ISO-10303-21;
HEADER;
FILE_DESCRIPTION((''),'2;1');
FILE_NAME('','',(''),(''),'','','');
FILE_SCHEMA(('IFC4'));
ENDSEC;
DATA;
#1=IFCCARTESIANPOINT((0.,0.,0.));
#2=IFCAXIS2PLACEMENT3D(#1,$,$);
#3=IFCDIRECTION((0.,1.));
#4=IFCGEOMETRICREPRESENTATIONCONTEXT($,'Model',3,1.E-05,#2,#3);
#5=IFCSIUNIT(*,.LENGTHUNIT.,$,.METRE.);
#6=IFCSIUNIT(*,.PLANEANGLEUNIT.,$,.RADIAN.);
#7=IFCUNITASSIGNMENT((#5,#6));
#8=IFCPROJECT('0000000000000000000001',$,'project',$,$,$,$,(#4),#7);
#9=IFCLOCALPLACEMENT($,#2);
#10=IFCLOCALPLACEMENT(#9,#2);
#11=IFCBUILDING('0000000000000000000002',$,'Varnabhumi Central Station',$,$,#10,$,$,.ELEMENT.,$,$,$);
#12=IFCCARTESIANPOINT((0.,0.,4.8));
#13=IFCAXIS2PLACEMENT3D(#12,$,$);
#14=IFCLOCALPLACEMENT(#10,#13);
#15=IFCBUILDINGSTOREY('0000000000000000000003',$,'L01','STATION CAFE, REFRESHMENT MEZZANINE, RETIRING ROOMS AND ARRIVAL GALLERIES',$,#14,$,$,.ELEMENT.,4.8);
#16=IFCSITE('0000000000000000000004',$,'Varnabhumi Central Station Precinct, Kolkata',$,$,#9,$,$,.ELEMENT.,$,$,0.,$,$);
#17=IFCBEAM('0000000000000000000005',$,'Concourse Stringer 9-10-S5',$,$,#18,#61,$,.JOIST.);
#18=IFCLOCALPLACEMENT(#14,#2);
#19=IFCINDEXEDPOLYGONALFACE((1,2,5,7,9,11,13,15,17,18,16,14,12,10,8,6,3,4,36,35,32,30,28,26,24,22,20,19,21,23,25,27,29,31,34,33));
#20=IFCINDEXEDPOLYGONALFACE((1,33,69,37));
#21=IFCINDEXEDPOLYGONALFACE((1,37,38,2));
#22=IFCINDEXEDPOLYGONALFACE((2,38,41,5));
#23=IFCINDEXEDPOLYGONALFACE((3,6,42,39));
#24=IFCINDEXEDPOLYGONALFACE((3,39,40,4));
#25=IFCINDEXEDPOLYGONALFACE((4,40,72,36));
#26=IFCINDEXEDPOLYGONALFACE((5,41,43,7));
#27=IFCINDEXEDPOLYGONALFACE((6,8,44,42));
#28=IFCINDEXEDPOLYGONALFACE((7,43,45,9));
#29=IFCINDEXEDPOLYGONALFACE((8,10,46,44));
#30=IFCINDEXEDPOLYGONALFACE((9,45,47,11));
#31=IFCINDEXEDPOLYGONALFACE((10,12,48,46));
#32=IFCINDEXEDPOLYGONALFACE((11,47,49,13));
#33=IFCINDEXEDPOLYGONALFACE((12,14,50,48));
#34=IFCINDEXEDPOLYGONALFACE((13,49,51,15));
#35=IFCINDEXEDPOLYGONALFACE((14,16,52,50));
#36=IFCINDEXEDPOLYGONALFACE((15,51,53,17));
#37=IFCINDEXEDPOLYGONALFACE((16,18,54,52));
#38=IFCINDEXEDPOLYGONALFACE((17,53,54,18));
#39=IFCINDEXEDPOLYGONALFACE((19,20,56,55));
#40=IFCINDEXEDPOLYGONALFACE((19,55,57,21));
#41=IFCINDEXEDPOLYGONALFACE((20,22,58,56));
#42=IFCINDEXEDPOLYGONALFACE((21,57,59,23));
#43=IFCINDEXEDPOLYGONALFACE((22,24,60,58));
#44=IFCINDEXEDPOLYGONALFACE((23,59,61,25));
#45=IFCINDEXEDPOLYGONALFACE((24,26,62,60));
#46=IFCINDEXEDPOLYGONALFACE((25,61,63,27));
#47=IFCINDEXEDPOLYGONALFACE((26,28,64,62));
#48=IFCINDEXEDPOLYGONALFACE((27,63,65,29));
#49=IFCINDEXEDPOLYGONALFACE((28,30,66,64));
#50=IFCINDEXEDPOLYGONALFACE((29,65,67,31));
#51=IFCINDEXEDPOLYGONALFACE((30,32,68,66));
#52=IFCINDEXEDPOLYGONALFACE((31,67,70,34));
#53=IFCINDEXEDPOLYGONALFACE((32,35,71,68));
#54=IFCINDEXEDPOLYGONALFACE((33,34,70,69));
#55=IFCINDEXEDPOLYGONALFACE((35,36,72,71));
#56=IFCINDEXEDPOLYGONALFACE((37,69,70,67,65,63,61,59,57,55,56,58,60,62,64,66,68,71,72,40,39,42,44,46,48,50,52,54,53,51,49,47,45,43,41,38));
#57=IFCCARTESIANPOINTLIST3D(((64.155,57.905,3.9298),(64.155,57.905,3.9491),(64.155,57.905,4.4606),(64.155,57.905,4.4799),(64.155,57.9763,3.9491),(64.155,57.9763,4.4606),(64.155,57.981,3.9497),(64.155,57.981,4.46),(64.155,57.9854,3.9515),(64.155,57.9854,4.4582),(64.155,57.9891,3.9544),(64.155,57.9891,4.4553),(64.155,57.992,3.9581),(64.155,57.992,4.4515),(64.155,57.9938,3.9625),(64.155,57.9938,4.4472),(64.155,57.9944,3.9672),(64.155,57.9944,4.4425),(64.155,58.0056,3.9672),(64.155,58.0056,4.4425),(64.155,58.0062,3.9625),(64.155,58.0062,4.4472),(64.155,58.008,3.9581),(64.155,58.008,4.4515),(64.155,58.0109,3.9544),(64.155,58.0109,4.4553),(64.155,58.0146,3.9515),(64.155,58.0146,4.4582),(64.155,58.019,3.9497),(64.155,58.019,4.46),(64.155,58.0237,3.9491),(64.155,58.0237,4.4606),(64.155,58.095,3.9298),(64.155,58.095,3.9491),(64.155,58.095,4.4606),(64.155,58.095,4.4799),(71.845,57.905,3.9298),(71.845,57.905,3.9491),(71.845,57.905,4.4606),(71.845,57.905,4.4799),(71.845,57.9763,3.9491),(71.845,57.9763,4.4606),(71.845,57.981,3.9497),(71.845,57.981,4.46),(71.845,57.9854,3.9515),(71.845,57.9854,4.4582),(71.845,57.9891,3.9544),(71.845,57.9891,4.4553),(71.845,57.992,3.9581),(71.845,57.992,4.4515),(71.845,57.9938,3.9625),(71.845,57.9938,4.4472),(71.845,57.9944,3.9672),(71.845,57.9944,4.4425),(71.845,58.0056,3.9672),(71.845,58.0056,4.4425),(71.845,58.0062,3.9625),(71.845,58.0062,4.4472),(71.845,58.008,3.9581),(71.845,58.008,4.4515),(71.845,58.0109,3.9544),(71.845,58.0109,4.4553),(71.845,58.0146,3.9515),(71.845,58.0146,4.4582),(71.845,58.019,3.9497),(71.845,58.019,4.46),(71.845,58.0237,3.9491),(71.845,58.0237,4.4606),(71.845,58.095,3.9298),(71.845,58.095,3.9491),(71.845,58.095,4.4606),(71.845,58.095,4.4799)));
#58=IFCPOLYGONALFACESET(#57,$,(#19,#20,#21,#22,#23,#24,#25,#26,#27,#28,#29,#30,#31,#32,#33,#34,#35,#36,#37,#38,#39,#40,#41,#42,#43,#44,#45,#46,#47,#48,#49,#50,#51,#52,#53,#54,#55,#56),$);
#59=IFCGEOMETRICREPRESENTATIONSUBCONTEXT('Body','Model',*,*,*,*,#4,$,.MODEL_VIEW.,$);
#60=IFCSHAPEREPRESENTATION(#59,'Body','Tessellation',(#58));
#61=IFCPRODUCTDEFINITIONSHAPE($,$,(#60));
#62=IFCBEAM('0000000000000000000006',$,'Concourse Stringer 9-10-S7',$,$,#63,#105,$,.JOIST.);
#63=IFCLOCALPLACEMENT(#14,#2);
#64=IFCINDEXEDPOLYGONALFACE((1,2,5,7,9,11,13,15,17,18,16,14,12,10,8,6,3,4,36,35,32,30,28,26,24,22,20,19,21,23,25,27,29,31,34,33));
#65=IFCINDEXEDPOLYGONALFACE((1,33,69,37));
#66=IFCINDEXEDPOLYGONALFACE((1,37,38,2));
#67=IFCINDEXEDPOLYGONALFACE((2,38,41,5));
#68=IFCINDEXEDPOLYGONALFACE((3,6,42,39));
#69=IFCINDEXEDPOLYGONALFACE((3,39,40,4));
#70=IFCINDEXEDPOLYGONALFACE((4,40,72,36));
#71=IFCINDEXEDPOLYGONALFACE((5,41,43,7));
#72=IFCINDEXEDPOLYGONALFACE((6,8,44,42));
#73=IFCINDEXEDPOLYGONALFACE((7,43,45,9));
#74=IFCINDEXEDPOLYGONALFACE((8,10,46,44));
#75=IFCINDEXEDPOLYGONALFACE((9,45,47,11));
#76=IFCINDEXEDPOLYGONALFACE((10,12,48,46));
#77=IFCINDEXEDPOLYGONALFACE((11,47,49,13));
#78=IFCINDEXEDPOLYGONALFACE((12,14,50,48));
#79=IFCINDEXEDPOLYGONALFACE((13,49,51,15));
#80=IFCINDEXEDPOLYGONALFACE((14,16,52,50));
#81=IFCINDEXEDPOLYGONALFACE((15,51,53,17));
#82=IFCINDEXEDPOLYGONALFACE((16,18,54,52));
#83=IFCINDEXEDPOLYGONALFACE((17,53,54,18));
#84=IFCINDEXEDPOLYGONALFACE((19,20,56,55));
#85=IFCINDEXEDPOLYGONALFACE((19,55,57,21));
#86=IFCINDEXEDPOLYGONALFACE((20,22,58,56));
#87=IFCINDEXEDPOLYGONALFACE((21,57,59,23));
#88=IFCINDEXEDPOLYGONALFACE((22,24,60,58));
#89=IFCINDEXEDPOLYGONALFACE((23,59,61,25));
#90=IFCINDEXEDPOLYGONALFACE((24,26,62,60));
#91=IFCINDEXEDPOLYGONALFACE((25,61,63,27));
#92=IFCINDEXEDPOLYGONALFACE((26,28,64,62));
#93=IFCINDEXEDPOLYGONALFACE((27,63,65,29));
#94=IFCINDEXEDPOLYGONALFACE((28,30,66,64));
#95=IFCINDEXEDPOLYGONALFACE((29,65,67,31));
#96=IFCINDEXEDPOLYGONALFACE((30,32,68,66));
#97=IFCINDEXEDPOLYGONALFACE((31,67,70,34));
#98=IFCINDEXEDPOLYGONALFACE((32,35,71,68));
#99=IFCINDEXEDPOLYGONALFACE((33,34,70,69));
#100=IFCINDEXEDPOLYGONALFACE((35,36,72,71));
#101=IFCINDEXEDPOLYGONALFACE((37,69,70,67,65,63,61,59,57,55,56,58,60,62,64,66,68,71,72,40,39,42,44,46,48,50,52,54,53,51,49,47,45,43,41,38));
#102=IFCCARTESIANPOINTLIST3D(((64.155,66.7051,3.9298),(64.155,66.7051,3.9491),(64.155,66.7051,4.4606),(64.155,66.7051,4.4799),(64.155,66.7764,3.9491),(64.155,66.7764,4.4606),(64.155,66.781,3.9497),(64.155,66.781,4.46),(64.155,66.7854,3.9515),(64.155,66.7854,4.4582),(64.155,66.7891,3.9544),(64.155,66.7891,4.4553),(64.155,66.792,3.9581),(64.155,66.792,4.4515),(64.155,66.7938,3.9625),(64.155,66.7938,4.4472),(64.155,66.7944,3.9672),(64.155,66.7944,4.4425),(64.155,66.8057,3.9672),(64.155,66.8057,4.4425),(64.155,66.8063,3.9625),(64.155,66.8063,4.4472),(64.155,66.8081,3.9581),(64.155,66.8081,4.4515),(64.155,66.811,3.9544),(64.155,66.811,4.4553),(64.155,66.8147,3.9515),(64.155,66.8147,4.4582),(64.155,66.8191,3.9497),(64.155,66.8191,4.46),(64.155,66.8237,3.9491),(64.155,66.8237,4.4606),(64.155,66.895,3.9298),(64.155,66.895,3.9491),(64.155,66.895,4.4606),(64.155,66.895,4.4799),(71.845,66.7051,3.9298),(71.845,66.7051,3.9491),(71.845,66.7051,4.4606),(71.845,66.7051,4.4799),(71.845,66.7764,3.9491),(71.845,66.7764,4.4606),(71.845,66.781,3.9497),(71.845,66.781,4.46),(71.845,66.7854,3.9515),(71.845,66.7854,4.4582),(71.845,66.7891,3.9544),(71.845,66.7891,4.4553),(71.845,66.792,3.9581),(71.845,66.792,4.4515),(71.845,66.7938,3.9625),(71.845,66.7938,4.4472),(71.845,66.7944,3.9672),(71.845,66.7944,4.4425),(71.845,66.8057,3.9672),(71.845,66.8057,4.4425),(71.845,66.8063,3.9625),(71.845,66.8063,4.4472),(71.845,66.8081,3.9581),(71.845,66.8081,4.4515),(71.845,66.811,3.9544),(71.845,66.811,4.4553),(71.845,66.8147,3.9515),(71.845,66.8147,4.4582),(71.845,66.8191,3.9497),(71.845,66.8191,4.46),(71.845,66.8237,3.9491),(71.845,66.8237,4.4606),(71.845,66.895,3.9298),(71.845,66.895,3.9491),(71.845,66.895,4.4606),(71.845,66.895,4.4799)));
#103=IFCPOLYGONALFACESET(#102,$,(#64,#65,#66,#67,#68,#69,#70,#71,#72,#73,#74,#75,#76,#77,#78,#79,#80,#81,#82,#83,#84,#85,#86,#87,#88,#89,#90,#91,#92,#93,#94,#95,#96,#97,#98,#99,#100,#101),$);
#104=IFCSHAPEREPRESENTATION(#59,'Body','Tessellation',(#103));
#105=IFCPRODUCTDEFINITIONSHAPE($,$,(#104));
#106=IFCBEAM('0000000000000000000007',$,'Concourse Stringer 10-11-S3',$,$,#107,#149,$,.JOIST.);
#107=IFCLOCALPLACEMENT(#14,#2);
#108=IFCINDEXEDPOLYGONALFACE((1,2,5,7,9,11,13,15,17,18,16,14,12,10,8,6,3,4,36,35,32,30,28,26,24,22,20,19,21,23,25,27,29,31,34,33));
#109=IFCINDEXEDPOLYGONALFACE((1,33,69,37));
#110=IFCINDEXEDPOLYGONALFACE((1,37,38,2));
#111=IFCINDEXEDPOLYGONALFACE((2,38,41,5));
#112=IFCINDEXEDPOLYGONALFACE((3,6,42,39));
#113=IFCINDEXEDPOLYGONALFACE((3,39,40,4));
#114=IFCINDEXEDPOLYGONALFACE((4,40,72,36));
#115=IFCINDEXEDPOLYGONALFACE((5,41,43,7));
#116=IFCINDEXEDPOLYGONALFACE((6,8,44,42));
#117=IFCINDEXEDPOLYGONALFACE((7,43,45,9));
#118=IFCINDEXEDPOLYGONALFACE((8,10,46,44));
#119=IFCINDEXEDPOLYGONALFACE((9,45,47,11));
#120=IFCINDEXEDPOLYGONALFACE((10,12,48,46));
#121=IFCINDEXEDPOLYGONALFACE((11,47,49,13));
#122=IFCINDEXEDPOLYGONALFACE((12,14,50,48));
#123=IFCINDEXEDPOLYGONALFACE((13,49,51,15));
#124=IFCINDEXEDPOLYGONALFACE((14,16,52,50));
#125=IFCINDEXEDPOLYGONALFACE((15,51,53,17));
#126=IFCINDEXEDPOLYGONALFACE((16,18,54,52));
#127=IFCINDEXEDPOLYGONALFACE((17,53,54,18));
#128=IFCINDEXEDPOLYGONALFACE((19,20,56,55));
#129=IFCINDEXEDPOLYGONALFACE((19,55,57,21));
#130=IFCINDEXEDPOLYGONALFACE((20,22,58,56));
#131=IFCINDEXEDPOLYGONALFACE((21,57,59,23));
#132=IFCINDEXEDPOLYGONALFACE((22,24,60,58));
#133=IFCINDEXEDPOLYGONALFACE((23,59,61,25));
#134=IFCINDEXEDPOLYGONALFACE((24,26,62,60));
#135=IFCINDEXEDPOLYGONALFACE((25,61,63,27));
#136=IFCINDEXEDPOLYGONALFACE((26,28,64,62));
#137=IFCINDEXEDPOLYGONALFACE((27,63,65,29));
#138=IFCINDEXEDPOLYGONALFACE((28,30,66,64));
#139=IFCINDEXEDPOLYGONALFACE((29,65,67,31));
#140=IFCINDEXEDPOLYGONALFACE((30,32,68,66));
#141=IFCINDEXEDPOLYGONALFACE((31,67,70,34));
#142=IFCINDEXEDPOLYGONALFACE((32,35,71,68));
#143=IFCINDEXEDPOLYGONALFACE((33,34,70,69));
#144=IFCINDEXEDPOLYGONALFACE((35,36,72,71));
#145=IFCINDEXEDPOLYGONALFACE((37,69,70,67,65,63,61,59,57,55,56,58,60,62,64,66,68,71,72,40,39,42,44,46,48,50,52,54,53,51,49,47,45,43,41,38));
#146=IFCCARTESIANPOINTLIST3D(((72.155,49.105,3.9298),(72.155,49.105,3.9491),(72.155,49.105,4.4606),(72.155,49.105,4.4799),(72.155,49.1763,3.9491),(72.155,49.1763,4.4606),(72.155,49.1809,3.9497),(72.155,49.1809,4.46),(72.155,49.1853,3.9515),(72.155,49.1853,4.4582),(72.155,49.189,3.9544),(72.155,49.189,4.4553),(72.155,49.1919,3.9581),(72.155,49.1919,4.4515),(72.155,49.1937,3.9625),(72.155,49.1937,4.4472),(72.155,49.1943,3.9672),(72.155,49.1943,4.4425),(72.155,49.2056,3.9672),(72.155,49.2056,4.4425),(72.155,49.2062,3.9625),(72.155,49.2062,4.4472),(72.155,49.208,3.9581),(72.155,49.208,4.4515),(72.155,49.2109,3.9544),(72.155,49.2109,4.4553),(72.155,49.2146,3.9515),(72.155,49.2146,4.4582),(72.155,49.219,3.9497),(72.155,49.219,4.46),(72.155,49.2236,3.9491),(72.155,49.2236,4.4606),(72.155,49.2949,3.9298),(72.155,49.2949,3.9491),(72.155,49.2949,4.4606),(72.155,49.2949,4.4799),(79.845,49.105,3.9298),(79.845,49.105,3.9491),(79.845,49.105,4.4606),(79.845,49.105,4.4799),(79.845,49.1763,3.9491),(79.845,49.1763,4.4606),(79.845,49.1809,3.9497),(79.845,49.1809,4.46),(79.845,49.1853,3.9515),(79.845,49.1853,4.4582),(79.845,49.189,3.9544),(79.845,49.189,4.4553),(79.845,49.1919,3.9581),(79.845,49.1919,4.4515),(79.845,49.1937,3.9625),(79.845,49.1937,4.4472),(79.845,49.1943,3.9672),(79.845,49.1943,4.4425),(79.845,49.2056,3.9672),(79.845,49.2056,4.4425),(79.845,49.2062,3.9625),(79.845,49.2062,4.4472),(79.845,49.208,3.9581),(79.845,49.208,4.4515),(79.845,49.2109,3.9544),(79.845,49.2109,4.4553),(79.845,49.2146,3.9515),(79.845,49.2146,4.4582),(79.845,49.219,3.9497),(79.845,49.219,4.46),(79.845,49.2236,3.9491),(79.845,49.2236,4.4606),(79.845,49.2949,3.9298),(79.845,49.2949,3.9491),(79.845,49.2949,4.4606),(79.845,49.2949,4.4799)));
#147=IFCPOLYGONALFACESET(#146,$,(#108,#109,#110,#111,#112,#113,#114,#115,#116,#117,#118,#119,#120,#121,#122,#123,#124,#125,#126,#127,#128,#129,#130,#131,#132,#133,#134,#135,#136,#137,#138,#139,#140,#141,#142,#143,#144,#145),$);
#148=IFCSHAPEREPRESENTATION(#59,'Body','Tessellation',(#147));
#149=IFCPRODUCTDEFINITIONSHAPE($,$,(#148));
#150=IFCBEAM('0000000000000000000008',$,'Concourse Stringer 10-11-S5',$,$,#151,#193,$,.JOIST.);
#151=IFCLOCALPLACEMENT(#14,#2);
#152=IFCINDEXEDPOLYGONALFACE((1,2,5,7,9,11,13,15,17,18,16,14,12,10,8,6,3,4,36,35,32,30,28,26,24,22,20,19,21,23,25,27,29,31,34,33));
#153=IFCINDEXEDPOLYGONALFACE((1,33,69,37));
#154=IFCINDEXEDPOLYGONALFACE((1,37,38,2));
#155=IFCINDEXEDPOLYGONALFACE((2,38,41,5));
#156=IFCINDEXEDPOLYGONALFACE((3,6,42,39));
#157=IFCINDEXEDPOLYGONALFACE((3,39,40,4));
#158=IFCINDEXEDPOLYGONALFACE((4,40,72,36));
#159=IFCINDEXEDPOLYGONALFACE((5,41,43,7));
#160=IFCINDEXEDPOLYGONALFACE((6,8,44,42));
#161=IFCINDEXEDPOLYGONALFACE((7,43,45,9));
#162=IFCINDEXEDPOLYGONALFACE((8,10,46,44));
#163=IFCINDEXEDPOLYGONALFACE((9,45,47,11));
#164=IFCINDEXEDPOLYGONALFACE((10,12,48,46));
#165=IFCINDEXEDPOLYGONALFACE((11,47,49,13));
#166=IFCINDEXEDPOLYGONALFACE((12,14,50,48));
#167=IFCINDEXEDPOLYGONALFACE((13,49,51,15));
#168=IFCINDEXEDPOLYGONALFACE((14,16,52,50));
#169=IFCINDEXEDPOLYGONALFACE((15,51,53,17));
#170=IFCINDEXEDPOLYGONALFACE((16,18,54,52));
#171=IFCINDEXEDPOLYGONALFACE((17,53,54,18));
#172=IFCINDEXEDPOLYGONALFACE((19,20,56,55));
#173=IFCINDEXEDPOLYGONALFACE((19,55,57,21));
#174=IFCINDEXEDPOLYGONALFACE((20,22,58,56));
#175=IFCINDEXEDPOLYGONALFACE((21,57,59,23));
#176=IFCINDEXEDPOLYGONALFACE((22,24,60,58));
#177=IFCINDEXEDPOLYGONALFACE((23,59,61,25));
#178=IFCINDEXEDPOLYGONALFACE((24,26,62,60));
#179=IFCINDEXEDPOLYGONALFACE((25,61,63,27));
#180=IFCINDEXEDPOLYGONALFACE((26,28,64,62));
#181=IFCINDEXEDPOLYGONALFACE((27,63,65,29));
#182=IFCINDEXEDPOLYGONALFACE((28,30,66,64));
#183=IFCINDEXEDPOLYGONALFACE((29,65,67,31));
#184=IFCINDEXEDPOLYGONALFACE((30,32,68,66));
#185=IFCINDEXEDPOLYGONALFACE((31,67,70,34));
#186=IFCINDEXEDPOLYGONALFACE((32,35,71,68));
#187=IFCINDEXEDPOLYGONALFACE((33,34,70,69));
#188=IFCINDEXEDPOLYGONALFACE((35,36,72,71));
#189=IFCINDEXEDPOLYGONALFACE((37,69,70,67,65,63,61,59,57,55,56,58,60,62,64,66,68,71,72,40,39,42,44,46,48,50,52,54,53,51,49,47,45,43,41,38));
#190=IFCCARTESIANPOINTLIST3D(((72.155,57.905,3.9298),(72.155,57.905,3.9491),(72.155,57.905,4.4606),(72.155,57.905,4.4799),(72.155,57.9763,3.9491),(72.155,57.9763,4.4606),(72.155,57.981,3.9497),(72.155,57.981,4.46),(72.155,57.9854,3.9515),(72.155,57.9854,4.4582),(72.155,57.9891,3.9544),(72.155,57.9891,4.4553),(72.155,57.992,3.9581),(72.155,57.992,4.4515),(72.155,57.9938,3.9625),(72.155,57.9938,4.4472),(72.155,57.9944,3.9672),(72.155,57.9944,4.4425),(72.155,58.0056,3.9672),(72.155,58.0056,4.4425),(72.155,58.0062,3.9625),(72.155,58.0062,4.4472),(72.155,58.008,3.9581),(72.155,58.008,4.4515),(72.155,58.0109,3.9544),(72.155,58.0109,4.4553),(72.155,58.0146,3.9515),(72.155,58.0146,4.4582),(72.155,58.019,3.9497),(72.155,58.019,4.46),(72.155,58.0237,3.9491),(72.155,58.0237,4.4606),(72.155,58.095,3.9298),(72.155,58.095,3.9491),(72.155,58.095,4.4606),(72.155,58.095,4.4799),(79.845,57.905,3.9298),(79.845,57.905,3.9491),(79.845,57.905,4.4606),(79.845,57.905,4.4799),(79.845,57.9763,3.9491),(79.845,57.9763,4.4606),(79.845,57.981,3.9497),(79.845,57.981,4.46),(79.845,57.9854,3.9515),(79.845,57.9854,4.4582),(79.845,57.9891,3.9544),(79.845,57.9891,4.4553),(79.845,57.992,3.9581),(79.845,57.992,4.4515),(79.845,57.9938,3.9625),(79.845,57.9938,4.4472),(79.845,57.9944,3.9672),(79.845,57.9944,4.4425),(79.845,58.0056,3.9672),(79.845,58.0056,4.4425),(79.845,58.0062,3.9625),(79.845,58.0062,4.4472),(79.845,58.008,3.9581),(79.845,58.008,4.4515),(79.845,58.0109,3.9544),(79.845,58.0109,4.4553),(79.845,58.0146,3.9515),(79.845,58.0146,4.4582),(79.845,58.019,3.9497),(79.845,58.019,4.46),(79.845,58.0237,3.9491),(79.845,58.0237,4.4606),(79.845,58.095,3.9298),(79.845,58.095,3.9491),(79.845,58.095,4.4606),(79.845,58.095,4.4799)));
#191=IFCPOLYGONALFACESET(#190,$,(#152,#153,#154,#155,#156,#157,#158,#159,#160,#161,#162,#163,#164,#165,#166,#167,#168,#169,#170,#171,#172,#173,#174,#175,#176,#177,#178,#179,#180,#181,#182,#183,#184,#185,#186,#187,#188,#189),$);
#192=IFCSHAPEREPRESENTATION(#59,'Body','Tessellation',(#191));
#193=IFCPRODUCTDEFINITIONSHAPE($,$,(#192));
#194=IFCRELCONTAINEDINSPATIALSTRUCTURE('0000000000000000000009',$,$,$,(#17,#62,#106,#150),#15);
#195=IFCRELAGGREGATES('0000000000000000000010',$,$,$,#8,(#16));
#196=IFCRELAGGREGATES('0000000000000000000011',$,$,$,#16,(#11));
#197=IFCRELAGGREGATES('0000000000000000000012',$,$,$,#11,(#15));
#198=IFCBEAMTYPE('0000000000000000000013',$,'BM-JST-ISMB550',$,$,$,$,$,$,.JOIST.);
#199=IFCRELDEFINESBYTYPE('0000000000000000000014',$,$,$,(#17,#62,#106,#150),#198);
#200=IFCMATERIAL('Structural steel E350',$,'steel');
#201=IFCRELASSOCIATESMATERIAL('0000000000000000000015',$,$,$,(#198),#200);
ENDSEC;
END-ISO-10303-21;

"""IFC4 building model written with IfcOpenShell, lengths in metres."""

from ifc_helpers import new_model, si_unit, direction, frame, origin, origin_2d, place, context, subcontext, project, spatial, i_section, extrude, material, material_profile, profile_set, type_object, element, save


model = new_model("IFC4")

# Units and contexts
model_context = context("Model", 3, precision=1e-05, world=origin(), true_north=direction((0.0, 1.0)))
body_context = subcontext(model_context, "Body", "Model", "MODEL_VIEW")
ifc_project = project(units=[si_unit("LENGTHUNIT", "METRE"), si_unit("PLANEANGLEUNIT", "RADIAN")], contexts=[model_context])

# Site, building, storey
site_placement = place(None, origin())
site = spatial("IfcSite", under=ifc_project, at=site_placement, Name="Varnabhumi Central Station Precinct, Kolkata", CompositionType="ELEMENT", RefElevation=0.0)
building_placement = place(site_placement, origin())
building = spatial("IfcBuilding", under=site, at=building_placement, Name="Varnabhumi Central Station", CompositionType="ELEMENT")
storey_placement = place(building_placement, frame((0.0, 0.0, 4.8)))
storey = spatial("IfcBuildingStorey", under=building, at=storey_placement, Name="L01", Description="STATION CAFE, REFRESHMENT MEZZANINE, RETIRING ROOMS AND ARRIVAL GALLERIES", CompositionType="ELEMENT", Elevation=4.8)

# Beams
ifc_material = material(Name="Structural steel E350", Category="steel")
ifc_material_profile_1 = material_profile(ifc_material, i_section(OverallWidth=0.1899, OverallDepth=0.55, WebThickness=0.0112, FlangeThickness=0.0193, FilletRadius=0.0181, at=origin_2d()), Name="Structural steel E350", Category="steel")
ifc_profile_set_1 = profile_set([ifc_material_profile_1], Name="Structural steel E350")
beam_type_1 = type_object("IfcBeamType", Name="BM-JST-ISMB550", PredefinedType="JOIST", material=ifc_profile_set_1)
for number, where, z_axis, x_axis, name in (
    (1, (64.155, 58.0, 4.2048), (1.0, 0.0, 0.0), (0.0, 1.0, 0.0), "Concourse Stringer 9-10-S5"),
    (2, (64.155, 66.8, 4.2048), (1.0, 0.0, 0.0), (0.0, 1.0, 0.0), "Concourse Stringer 9-10-S7"),
    (3, (72.155, 49.2, 4.2048), (1.0, 0.0, 0.0), (0.0, 1.0, 0.0), "Concourse Stringer 10-11-S3"),
    (4, (72.155, 58.0, 4.2048), (1.0, 0.0, 0.0), (0.0, 1.0, 0.0), "Concourse Stringer 10-11-S5"),
):
    element("IfcBeam", number, at=place(storey_placement, frame(where, z_axis=z_axis, x_axis=x_axis)), inside=storey, type_object=beam_type_1, Name=name, PredefinedType="JOIST", context=body_context, shape_type="SweptSolid", body=[
        extrude(i_section(OverallWidth=0.1899, OverallDepth=0.55, WebThickness=0.0112, FlangeThickness=0.0193, FilletRadius=0.0181, at=origin_2d()), origin(), (0.0, 0.0, 1.0), 7.6899),
    ])

save(model, "model.ifc")
